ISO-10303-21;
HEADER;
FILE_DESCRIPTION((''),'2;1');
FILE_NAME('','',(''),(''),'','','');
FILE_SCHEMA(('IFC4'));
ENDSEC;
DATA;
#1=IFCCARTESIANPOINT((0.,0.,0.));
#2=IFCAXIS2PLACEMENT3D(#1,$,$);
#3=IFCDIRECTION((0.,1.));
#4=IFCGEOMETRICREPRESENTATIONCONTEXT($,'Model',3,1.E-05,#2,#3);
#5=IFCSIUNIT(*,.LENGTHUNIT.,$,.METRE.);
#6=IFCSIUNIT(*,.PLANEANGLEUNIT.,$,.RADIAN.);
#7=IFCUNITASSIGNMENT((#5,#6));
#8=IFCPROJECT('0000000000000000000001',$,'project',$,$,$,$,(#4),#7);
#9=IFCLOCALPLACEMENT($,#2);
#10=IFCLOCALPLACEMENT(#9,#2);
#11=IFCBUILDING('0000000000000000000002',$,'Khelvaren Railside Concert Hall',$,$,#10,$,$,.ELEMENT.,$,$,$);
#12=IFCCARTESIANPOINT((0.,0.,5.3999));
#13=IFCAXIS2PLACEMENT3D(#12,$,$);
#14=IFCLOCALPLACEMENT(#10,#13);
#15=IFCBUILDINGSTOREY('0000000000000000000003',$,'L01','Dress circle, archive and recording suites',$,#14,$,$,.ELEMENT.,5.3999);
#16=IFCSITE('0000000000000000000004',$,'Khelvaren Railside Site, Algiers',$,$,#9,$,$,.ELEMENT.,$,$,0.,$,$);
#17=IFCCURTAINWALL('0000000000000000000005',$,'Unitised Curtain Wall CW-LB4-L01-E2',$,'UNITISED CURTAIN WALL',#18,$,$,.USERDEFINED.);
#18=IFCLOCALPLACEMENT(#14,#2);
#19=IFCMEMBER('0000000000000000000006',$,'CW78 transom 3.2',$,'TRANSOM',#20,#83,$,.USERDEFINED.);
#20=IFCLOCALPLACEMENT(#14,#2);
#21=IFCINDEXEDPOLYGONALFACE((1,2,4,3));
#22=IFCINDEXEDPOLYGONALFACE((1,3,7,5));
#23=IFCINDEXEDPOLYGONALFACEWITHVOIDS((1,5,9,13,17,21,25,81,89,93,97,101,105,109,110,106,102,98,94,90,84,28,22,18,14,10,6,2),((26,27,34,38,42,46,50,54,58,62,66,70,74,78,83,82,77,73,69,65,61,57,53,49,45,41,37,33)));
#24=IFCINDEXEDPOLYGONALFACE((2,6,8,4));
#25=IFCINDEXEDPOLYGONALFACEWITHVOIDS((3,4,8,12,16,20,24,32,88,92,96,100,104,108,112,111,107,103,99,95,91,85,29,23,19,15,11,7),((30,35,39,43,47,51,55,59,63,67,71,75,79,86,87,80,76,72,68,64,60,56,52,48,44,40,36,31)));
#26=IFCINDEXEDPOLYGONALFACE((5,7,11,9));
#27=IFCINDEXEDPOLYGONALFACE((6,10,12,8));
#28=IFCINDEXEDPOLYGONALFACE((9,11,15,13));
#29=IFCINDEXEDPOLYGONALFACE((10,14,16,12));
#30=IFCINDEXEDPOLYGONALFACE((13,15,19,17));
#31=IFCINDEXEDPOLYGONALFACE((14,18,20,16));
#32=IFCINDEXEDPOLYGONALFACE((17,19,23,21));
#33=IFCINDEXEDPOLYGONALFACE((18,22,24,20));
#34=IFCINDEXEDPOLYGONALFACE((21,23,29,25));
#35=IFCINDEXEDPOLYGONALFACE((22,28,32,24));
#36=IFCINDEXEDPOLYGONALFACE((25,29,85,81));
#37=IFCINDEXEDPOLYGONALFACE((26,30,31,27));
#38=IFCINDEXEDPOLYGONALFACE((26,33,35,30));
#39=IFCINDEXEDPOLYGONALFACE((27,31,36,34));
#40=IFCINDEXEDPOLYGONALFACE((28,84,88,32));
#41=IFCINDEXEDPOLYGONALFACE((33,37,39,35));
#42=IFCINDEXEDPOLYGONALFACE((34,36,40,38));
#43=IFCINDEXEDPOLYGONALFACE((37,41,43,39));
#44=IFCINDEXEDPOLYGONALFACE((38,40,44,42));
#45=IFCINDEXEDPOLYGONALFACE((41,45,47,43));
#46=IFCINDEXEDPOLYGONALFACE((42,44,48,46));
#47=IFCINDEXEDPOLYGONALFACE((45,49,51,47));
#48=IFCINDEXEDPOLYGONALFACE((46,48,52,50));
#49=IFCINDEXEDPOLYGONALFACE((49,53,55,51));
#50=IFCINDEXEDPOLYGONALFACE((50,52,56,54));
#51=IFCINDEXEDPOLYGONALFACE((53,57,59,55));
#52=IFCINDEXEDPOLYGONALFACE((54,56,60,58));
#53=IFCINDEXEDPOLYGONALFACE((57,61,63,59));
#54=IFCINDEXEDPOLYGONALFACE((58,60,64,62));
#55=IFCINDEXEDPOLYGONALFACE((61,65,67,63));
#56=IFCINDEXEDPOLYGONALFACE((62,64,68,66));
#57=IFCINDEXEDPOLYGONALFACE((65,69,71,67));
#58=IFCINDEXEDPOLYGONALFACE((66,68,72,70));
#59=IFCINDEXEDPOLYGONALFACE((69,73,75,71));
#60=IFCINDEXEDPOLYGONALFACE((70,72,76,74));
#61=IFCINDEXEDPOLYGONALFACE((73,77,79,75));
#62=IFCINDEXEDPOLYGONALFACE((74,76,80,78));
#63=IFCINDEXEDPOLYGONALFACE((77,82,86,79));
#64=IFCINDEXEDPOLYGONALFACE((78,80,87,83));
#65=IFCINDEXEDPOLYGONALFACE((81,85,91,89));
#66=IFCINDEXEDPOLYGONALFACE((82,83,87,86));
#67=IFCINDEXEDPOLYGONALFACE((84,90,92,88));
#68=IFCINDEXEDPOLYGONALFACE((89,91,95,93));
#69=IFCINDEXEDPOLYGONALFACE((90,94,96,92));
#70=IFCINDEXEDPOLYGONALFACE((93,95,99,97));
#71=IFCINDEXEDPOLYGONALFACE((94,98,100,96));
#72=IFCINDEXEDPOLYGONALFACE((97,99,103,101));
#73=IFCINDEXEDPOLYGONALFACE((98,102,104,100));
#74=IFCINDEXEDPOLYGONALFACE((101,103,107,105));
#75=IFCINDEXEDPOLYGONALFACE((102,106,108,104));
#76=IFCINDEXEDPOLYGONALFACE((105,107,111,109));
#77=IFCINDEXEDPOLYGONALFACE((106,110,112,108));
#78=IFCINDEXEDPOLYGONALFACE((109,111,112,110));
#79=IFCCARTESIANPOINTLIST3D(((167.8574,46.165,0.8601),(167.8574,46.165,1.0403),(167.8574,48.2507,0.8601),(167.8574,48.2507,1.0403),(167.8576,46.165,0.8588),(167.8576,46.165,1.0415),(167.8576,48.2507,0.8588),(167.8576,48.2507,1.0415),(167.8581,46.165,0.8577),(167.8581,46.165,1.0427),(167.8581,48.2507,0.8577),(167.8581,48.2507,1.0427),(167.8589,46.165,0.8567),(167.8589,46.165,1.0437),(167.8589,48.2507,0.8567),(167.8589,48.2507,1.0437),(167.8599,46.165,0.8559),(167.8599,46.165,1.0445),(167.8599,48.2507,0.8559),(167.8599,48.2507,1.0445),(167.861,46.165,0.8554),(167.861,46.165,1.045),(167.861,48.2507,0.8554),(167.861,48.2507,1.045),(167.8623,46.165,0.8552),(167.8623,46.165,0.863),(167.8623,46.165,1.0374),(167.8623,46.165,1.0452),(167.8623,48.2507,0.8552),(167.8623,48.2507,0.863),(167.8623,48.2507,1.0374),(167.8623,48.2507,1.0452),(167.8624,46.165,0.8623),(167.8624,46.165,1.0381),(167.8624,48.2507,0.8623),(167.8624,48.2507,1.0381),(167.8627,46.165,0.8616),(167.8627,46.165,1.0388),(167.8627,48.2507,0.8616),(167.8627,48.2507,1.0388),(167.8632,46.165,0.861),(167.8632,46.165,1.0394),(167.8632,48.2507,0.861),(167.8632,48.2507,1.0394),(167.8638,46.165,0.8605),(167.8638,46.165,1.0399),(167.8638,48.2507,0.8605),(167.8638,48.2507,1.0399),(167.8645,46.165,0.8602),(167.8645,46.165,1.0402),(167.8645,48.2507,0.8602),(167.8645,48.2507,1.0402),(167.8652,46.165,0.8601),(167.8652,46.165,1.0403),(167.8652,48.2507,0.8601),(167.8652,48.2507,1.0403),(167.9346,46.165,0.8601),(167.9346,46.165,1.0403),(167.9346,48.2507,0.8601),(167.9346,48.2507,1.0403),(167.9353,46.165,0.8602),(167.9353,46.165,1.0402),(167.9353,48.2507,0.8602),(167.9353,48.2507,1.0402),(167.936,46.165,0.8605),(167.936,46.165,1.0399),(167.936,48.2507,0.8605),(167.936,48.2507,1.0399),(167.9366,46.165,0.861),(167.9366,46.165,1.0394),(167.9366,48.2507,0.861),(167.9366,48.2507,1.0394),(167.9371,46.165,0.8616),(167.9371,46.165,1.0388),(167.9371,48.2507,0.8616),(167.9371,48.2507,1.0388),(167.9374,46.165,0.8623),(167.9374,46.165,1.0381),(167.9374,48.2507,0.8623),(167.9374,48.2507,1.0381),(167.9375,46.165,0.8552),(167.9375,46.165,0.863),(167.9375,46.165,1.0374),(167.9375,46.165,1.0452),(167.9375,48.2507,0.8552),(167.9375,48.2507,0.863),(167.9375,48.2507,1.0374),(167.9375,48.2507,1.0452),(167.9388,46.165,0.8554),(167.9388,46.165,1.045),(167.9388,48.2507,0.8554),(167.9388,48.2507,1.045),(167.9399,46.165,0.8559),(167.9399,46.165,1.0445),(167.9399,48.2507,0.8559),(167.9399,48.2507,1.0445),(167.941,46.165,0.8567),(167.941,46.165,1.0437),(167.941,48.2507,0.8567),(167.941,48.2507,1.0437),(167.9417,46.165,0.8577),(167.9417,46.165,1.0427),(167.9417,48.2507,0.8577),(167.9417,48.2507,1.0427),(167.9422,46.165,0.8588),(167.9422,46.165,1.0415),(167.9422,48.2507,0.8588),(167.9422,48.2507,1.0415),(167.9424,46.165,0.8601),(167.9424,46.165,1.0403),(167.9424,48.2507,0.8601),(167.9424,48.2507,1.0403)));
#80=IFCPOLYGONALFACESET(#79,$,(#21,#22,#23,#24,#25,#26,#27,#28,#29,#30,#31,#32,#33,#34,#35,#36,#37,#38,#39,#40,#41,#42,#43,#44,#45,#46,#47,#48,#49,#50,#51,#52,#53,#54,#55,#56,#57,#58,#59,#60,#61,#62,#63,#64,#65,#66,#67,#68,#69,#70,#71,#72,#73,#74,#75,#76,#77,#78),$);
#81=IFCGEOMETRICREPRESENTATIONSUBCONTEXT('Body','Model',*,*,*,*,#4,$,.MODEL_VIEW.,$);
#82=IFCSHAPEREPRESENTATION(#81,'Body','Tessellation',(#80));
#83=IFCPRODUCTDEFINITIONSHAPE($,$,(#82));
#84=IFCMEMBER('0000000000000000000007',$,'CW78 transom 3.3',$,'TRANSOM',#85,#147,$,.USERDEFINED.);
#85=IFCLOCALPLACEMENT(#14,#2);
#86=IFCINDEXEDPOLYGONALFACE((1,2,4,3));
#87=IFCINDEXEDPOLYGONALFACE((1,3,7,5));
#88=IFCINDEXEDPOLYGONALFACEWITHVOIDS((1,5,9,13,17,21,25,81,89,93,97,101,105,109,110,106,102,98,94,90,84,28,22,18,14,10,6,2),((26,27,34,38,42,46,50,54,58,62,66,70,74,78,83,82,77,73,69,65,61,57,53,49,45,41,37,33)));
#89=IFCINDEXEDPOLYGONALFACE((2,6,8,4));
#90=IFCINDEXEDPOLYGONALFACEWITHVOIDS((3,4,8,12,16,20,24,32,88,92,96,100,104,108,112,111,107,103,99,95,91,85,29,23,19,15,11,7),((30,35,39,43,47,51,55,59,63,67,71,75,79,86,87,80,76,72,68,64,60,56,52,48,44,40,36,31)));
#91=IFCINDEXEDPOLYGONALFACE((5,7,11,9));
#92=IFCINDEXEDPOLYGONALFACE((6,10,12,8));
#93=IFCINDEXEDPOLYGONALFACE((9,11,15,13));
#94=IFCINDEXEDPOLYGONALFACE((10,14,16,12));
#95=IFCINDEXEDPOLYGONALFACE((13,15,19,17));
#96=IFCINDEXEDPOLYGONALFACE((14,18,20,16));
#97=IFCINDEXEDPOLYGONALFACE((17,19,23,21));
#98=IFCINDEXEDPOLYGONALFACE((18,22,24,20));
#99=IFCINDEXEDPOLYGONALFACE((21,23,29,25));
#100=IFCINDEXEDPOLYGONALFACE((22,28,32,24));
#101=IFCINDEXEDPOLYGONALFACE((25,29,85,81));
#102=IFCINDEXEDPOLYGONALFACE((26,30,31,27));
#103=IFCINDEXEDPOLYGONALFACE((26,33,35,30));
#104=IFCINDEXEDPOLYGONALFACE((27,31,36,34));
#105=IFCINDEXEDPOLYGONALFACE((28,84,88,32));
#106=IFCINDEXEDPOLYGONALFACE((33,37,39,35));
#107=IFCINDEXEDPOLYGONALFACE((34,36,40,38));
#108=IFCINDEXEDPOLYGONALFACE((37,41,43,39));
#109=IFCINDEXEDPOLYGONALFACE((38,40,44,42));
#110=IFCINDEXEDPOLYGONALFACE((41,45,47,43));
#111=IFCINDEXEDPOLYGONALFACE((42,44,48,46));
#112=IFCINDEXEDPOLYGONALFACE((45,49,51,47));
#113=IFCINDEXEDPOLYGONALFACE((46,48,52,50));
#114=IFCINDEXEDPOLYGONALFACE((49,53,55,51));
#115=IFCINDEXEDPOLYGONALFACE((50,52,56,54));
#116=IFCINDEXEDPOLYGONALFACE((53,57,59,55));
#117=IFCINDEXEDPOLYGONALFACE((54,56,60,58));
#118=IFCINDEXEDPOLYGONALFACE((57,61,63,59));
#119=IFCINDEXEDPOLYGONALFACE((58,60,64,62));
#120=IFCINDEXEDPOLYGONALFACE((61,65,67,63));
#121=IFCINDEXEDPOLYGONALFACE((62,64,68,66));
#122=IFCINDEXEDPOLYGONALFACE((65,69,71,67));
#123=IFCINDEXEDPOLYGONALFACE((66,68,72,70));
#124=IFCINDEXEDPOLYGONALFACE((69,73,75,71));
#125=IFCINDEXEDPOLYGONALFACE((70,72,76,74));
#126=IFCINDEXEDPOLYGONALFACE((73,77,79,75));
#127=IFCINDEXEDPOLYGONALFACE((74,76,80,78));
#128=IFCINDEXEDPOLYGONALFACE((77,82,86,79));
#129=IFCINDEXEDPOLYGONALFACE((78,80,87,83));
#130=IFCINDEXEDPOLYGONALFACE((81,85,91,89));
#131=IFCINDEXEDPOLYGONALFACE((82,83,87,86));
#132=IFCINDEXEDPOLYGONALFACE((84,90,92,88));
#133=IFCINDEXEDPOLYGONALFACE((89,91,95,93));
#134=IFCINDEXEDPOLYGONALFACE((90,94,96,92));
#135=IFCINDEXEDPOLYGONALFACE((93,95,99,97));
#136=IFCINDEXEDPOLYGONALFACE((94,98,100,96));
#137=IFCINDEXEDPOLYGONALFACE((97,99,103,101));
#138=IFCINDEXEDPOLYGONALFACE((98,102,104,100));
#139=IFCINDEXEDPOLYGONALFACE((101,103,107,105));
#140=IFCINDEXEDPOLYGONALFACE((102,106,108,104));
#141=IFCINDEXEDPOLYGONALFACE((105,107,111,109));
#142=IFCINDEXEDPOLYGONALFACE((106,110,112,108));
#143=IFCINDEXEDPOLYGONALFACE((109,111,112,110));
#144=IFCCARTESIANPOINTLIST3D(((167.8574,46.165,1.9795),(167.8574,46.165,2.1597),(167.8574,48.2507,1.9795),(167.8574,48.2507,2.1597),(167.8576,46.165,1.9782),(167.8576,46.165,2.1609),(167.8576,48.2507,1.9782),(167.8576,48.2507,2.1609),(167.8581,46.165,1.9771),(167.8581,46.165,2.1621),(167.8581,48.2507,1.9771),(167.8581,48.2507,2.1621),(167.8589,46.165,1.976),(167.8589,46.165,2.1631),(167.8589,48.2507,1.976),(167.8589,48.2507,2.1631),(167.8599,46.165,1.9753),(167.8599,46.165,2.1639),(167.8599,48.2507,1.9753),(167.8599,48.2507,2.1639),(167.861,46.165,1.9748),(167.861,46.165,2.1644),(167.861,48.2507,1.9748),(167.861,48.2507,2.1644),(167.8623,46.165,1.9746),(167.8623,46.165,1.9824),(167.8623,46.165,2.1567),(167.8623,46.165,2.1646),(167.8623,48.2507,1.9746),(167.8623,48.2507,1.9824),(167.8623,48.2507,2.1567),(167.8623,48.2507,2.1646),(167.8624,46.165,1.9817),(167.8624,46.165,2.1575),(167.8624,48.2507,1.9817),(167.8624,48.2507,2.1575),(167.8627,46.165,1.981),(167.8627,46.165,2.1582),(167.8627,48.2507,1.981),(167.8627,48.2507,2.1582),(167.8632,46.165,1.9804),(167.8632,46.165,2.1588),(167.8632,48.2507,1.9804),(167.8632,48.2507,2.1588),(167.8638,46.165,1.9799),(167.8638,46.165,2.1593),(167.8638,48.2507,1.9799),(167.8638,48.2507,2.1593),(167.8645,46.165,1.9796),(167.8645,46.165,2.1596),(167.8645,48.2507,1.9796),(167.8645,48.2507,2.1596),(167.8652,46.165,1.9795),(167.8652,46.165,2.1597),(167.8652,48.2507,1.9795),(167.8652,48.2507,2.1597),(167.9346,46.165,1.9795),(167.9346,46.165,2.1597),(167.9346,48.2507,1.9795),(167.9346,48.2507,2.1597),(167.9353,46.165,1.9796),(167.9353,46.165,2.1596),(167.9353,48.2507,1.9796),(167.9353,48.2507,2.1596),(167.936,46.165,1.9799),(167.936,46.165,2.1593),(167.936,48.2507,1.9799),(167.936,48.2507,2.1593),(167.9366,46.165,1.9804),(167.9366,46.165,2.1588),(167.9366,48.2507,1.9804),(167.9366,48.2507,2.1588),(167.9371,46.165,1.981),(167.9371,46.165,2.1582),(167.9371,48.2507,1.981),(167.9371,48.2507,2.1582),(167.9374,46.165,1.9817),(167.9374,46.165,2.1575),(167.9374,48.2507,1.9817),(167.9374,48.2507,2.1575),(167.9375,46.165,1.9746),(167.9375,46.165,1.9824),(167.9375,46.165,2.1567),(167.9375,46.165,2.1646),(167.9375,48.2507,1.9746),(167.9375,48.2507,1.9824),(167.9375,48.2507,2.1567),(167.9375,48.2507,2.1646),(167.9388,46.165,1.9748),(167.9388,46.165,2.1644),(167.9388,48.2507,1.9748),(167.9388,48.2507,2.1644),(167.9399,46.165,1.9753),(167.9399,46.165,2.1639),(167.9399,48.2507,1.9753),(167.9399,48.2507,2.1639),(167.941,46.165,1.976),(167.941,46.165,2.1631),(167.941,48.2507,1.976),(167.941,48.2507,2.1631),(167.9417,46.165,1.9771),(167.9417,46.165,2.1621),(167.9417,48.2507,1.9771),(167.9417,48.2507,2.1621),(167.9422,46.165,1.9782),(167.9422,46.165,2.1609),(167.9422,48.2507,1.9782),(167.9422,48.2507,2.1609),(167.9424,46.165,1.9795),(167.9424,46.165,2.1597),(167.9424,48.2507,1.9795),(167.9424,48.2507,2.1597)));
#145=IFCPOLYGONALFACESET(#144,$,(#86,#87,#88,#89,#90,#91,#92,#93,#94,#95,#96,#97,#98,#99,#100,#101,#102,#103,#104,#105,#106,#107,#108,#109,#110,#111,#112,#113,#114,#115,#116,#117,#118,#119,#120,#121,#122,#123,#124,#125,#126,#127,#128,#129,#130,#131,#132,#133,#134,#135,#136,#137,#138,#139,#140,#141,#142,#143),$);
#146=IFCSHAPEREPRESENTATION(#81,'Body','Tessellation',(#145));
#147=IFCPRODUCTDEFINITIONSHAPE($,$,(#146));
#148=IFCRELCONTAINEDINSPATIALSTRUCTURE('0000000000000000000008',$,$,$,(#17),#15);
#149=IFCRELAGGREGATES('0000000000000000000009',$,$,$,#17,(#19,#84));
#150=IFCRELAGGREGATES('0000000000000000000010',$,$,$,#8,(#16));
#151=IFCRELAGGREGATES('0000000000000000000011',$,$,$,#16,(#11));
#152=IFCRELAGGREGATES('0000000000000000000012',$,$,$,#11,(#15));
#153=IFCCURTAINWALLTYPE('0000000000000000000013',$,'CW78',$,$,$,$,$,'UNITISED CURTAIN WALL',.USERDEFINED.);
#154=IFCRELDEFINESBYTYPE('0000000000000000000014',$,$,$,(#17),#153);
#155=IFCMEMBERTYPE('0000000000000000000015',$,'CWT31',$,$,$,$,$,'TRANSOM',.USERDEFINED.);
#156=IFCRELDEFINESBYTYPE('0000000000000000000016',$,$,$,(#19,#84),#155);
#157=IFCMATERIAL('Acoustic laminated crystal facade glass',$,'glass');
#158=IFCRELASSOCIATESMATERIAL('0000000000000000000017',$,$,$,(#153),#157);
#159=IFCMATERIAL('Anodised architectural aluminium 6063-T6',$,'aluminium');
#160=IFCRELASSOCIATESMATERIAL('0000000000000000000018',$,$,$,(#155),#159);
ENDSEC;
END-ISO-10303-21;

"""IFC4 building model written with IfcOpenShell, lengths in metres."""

from ifc_helpers import new_model, si_unit, direction, frame, origin, origin_2d, place, context, subcontext, project, spatial, hollow_rectangle, extrude, material, material_profile, profile_set, type_object, element, aggregate, save


model = new_model("IFC4")

# Units and contexts
model_context = context("Model", 3, precision=1e-05, world=origin(), true_north=direction((0.0, 1.0)))
body_context = subcontext(model_context, "Body", "Model", "MODEL_VIEW")
ifc_project = project(units=[si_unit("LENGTHUNIT", "METRE"), si_unit("PLANEANGLEUNIT", "RADIAN")], contexts=[model_context])

# Site, building, storey
site_placement = place(None, origin())
site = spatial("IfcSite", under=ifc_project, at=site_placement, Name="Khelvaren Railside Site, Algiers", CompositionType="ELEMENT", RefElevation=0.0)
building_placement = place(site_placement, origin())
building = spatial("IfcBuilding", under=site, at=building_placement, Name="Khelvaren Railside Concert Hall", CompositionType="ELEMENT")
storey_placement = place(building_placement, frame((0.0, 0.0, 5.3999)))
storey = spatial("IfcBuildingStorey", under=building, at=storey_placement, Name="L01", Description="Dress circle, archive and recording suites", CompositionType="ELEMENT", Elevation=5.3999)

# Shared definitions
ifc_material_1 = material(Name="Acoustic laminated crystal facade glass", Category="glass")
ifc_material_2 = material(Name="Anodised architectural aluminium 6063-T6", Category="aluminium")

# Curtain wall
curtain_wall_type_1 = type_object("IfcCurtainWallType", Name="CW78", ElementType="UNITISED CURTAIN WALL", PredefinedType="USERDEFINED", material=ifc_material_1)
curtain_wall_1_placement = place(storey_placement, origin())
curtain_wall_1 = element("IfcCurtainWall", 1, at=curtain_wall_1_placement, inside=storey, type_object=curtain_wall_type_1, Name="Unitised Curtain Wall CW-LB4-L01-E2", ObjectType="UNITISED CURTAIN WALL", PredefinedType="USERDEFINED")

# Members
ifc_material_profile_1 = material_profile(ifc_material_2, hollow_rectangle(XDim=0.085, YDim=0.1899, WallThickness=0.0049, InnerFilletRadius=0.0029, OuterFilletRadius=0.0049, at=origin_2d()), Name="CWT 85x190x5")
ifc_profile_set_1 = profile_set([ifc_material_profile_1], Name="Anodised architectural aluminium 6063-T6")
member_type_1 = type_object("IfcMemberType", Name="CWT31", ElementType="TRANSOM", PredefinedType="USERDEFINED", material=ifc_profile_set_1)
member_1_placement = place(storey_placement, frame((167.8999, 48.2507, 0.9502), z_axis=(0.0, -1.0, 0.0), x_axis=(1.0, 0.0, 0.0)))
member_1 = element("IfcMember", 2, at=member_1_placement, type_object=member_type_1, Name="CW78 transom 3.2", ObjectType="TRANSOM", PredefinedType="USERDEFINED", context=body_context, shape_type="SweptSolid", body=[
    extrude(hollow_rectangle(XDim=0.085, YDim=0.1899, WallThickness=0.0049, InnerFilletRadius=0.0029, OuterFilletRadius=0.0049, at=origin_2d()), origin(), (0.0, 0.0, 1.0), 2.0857),
])
member_2_placement = place(storey_placement, frame((167.8999, 48.2507, 2.0696), z_axis=(0.0, -1.0, 0.0), x_axis=(1.0, 0.0, 0.0)))
member_2 = element("IfcMember", 3, at=member_2_placement, type_object=member_type_1, Name="CW78 transom 3.3", ObjectType="TRANSOM", PredefinedType="USERDEFINED", context=body_context, shape_type="SweptSolid", body=[
    extrude(hollow_rectangle(XDim=0.085, YDim=0.1899, WallThickness=0.0049, InnerFilletRadius=0.0029, OuterFilletRadius=0.0049, at=origin_2d()), origin(), (0.0, 0.0, 1.0), 2.0857),
])

aggregate(curtain_wall_1, [member_1, member_2])

save(model, "model.ifc")
